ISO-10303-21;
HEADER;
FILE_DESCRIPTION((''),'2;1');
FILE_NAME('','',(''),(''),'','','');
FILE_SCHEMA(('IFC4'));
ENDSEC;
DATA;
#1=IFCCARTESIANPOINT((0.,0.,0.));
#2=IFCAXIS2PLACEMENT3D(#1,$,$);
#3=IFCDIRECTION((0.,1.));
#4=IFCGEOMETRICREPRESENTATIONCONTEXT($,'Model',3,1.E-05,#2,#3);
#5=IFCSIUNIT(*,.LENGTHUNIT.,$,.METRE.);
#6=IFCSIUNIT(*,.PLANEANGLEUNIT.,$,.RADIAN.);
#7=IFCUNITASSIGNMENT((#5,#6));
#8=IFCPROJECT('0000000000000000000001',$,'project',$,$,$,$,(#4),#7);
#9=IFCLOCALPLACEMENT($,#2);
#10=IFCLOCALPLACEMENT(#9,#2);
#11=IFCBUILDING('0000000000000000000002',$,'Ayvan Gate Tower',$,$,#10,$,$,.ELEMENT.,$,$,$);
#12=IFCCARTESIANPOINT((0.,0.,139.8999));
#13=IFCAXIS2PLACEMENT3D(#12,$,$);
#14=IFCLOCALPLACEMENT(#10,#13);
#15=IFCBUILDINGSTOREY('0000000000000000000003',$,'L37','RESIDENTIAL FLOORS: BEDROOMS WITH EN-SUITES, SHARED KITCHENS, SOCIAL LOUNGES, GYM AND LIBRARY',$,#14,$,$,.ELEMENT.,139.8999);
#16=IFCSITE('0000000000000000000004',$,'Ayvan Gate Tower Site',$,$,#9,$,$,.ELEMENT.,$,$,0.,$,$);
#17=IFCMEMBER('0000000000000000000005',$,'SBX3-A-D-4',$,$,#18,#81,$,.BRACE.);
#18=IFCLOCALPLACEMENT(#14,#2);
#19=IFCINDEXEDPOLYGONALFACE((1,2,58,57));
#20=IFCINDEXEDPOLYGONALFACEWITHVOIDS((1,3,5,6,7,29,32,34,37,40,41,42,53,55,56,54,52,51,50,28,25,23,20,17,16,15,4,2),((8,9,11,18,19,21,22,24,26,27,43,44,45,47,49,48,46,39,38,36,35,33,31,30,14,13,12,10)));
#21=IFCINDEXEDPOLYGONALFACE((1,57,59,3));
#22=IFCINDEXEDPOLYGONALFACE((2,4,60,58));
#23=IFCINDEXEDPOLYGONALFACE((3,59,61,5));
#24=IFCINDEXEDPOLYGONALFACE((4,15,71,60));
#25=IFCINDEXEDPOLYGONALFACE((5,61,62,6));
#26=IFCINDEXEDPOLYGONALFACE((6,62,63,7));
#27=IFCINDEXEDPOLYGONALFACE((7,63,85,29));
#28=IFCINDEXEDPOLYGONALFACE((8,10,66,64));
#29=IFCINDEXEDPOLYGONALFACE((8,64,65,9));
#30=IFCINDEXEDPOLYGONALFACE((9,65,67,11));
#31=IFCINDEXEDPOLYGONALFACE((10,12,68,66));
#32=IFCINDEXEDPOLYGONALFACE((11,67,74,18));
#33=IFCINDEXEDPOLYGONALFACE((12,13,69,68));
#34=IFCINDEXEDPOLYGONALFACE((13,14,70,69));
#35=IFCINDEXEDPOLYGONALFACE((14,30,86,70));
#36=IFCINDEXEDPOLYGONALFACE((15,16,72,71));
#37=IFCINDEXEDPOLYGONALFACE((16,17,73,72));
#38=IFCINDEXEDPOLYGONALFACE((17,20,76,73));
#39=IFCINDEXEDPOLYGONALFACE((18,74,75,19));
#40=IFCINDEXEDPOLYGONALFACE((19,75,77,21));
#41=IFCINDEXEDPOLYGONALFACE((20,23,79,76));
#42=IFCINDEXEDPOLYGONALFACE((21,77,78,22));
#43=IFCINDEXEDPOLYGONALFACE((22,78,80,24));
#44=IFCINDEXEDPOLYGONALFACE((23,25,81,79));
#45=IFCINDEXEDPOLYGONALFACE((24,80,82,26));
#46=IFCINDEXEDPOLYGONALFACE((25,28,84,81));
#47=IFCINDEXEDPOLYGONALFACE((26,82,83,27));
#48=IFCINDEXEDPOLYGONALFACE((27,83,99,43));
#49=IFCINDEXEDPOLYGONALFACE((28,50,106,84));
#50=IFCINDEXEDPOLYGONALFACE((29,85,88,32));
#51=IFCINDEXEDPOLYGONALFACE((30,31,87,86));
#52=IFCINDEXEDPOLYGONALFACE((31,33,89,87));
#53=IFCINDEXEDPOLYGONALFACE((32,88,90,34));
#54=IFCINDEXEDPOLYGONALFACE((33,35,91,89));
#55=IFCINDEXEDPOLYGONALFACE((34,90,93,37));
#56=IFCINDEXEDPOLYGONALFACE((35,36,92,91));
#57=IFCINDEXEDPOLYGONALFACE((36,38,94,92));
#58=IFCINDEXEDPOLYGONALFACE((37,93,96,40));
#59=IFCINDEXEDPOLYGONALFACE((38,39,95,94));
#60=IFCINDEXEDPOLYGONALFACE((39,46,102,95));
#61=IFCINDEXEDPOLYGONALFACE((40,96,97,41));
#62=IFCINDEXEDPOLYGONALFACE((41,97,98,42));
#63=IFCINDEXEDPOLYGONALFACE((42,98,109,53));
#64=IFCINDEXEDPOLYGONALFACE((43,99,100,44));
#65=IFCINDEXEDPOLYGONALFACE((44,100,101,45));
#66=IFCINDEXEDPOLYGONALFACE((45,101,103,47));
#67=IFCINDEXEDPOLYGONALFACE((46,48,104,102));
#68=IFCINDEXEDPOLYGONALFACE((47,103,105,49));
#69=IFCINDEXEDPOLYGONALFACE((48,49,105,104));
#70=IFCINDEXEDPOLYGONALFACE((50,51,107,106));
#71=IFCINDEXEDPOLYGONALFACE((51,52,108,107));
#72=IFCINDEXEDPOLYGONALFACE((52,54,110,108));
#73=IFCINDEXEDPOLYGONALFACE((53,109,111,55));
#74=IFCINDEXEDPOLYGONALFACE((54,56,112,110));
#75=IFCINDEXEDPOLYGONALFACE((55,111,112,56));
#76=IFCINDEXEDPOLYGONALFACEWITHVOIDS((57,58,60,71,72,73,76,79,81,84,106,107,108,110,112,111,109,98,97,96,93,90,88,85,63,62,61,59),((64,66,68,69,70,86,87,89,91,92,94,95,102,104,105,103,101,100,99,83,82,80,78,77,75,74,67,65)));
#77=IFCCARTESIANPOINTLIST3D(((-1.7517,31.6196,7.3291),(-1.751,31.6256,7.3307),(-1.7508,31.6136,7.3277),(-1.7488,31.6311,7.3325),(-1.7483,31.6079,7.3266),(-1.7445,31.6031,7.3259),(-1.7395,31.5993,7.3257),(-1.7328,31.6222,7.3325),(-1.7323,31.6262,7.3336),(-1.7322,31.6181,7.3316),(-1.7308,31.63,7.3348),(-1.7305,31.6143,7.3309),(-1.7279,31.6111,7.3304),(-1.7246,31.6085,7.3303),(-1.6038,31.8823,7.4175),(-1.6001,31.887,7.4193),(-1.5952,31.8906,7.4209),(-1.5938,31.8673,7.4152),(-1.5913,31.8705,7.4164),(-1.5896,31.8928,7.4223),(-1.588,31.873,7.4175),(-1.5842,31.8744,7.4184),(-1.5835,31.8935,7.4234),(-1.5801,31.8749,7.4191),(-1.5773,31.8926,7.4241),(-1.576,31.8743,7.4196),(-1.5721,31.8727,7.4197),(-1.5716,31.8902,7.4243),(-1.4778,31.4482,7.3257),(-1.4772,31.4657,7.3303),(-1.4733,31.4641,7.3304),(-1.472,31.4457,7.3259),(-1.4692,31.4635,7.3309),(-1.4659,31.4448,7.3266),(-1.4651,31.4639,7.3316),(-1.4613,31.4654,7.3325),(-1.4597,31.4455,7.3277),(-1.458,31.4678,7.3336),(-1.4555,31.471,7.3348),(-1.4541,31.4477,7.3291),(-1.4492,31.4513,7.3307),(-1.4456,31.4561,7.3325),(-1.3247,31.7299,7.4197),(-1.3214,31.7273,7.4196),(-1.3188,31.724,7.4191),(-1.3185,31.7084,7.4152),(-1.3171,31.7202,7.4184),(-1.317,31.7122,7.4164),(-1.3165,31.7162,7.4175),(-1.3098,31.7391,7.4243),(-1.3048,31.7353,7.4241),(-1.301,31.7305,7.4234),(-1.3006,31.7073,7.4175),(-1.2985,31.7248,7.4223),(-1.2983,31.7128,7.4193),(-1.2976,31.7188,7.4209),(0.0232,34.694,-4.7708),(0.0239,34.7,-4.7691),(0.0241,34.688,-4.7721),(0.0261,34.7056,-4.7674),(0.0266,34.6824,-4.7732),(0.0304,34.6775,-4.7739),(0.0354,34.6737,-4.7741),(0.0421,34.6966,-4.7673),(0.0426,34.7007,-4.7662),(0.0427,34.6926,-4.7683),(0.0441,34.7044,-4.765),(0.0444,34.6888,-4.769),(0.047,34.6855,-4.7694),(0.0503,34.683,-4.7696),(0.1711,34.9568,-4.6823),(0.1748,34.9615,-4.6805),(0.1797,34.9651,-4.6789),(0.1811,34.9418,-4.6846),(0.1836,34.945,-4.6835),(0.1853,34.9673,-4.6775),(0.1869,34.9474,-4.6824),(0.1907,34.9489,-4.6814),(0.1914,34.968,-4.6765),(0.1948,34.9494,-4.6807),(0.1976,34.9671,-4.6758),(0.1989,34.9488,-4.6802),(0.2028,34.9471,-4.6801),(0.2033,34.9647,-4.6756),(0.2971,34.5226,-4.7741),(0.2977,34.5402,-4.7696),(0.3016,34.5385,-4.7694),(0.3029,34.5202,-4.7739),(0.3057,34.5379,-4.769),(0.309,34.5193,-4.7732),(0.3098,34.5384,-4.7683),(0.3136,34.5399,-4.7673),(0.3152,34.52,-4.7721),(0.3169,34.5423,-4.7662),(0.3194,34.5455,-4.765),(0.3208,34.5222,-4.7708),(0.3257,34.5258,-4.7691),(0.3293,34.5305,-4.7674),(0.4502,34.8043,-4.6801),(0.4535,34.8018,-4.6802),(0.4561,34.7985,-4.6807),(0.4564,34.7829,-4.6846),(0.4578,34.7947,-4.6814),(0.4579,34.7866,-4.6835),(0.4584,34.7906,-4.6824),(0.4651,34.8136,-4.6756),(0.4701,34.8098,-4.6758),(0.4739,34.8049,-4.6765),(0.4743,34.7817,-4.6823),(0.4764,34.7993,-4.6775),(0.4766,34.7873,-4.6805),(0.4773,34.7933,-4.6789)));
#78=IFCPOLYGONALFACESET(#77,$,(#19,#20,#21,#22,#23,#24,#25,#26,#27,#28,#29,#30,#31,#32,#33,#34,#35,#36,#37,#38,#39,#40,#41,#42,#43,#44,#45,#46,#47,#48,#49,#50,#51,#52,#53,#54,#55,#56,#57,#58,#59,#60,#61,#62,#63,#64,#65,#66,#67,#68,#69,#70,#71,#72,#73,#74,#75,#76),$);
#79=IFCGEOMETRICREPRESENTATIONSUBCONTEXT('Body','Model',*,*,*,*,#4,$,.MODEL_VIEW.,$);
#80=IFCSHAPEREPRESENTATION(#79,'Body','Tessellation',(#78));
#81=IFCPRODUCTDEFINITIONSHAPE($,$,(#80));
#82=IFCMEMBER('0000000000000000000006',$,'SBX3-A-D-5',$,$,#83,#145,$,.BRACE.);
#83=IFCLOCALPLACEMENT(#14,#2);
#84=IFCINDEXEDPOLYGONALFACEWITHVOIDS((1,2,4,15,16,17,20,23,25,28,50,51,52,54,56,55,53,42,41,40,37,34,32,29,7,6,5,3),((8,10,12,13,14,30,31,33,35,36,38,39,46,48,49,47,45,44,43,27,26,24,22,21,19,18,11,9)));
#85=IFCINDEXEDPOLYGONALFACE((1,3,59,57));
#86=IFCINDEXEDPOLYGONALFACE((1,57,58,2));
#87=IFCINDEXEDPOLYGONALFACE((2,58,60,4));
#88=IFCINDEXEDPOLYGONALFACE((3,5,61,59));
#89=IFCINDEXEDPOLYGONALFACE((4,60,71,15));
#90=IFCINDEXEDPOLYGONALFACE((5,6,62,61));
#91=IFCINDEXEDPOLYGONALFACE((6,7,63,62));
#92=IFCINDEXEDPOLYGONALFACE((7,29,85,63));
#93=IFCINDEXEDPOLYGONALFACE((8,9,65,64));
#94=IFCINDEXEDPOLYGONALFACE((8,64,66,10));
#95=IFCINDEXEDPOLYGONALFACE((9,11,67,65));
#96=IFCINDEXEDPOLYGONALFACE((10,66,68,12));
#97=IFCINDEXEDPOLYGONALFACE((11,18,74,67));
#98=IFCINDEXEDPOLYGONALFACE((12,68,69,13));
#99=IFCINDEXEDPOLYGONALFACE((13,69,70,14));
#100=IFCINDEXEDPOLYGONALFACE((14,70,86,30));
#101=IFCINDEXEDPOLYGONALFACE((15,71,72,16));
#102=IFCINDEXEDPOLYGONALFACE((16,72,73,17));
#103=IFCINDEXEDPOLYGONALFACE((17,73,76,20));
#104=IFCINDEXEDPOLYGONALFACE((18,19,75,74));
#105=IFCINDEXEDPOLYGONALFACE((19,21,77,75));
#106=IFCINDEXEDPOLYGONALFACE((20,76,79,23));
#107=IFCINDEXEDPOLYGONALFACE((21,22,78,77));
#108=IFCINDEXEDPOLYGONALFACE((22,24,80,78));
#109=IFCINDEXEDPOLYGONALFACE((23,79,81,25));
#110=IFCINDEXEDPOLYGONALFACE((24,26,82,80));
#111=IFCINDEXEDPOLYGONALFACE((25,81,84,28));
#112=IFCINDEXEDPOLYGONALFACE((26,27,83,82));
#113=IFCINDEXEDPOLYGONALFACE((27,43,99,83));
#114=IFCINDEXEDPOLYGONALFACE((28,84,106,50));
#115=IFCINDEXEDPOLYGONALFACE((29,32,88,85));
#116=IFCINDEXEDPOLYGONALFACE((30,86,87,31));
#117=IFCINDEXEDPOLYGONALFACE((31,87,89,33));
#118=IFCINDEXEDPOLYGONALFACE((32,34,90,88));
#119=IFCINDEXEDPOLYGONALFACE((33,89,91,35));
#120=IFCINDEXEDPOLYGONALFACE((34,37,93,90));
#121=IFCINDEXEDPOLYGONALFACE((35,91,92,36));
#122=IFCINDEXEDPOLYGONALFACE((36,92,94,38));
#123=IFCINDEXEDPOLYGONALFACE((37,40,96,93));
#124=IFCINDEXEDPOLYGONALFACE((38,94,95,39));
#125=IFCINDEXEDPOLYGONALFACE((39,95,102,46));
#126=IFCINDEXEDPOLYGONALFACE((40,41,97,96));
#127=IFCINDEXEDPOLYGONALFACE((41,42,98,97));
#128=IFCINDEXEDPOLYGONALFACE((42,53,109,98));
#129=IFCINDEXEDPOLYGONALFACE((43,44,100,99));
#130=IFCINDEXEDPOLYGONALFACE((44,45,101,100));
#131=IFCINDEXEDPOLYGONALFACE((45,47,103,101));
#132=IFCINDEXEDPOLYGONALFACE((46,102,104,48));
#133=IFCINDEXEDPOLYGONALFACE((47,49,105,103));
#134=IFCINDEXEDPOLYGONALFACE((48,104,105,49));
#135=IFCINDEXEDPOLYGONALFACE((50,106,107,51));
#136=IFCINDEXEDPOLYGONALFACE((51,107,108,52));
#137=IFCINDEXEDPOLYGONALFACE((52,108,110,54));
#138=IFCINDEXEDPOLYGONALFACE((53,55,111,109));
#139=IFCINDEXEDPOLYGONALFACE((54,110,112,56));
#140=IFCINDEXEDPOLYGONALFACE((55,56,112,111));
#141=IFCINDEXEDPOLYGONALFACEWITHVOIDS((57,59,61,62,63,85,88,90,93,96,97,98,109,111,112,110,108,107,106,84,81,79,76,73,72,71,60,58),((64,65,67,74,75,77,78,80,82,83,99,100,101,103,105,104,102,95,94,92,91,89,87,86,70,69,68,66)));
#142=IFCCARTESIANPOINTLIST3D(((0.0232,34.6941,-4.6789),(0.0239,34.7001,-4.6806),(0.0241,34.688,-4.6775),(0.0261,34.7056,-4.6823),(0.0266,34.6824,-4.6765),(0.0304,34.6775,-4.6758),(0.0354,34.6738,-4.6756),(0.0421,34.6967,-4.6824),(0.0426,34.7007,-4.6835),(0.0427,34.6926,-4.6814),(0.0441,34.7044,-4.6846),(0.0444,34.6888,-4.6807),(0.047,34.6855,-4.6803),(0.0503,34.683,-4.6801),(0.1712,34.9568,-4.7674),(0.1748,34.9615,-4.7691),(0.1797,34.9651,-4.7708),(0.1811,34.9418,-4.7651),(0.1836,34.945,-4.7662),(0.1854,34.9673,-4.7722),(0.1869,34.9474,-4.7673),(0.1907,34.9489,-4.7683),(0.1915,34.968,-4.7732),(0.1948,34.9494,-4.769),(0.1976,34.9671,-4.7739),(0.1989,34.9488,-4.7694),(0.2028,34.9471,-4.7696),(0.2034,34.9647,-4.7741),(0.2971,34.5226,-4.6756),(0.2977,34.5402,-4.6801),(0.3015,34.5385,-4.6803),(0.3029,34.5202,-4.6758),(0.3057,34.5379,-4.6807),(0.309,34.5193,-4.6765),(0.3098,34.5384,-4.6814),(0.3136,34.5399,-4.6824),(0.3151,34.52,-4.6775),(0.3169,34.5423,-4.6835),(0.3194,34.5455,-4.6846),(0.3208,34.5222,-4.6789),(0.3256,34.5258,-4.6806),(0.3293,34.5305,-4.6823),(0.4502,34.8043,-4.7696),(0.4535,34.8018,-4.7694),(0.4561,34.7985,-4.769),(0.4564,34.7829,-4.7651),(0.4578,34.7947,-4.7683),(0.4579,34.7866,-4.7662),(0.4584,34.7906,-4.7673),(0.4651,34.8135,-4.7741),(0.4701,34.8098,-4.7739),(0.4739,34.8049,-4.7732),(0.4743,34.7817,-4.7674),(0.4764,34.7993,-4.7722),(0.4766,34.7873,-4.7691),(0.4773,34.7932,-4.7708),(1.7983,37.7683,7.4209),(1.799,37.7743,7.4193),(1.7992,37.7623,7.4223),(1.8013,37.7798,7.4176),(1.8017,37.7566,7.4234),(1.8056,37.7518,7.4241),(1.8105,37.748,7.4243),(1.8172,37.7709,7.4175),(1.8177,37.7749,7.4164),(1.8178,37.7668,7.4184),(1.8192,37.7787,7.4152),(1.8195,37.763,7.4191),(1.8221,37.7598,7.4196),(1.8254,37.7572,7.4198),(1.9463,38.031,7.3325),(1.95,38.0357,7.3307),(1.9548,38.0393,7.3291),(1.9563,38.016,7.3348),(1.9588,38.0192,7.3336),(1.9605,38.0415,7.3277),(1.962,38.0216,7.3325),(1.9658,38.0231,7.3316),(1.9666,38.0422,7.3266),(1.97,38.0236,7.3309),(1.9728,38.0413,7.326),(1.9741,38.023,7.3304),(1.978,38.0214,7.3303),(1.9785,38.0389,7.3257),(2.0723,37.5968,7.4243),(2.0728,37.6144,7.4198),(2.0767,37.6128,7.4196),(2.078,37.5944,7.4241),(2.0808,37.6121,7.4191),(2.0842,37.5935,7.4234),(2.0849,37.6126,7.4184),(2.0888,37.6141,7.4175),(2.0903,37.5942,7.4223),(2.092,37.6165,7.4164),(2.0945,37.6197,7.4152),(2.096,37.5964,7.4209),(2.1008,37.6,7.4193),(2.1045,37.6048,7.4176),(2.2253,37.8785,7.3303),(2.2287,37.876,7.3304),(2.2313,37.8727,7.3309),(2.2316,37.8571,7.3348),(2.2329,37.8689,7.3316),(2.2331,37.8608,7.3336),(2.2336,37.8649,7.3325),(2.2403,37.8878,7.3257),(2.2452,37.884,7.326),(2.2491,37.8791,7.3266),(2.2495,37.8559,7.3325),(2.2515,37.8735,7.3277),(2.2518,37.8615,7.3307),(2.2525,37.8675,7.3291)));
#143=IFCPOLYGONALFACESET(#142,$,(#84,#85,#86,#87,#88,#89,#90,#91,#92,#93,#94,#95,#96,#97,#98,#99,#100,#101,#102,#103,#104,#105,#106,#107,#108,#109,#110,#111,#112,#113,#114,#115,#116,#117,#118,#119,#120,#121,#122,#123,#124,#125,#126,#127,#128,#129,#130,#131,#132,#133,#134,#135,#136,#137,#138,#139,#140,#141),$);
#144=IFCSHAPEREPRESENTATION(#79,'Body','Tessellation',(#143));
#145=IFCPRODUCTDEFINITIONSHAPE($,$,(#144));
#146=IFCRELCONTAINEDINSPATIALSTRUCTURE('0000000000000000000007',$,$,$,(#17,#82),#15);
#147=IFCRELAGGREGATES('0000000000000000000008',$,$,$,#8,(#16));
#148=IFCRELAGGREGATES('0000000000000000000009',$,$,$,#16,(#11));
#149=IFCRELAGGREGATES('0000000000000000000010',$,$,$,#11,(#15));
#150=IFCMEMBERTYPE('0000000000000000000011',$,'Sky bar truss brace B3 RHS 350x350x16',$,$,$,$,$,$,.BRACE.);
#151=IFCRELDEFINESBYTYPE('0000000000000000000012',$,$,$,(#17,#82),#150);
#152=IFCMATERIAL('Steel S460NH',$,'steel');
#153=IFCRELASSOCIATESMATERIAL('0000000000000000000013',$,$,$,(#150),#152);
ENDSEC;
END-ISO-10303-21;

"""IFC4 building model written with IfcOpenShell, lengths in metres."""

from ifc_helpers import new_model, si_unit, direction, frame, origin, origin_2d, place, context, subcontext, project, spatial, hollow_rectangle, extrude, material, material_profile, profile_set, type_object, element, save


model = new_model("IFC4")

# Units and contexts
model_context = context("Model", 3, precision=1e-05, world=origin(), true_north=direction((0.0, 1.0)))
body_context = subcontext(model_context, "Body", "Model", "MODEL_VIEW")
ifc_project = project(units=[si_unit("LENGTHUNIT", "METRE"), si_unit("PLANEANGLEUNIT", "RADIAN")], contexts=[model_context])

# Site, building, storey
site_placement = place(None, origin())
site = spatial("IfcSite", under=ifc_project, at=site_placement, Name="Ayvan Gate Tower Site", CompositionType="ELEMENT", RefElevation=0.0)
building_placement = place(site_placement, origin())
building = spatial("IfcBuilding", under=site, at=building_placement, Name="Ayvan Gate Tower", CompositionType="ELEMENT")
storey_placement = place(building_placement, frame((0.0, 0.0, 139.8999)))
storey = spatial("IfcBuildingStorey", under=building, at=storey_placement, Name="L37", Description="RESIDENTIAL FLOORS: BEDROOMS WITH EN-SUITES, SHARED KITCHENS, SOCIAL LOUNGES, GYM AND LIBRARY", CompositionType="ELEMENT", Elevation=139.8999)

# Members
ifc_material_1 = material(Name="Steel S460NH", Category="steel")
ifc_material_profile_1 = material_profile(ifc_material_1, hollow_rectangle(XDim=0.3501, YDim=0.3501, WallThickness=0.0161, InnerFilletRadius=0.0161, OuterFilletRadius=0.0239, at=origin_2d()), Name="RHS 350x350x16")
ifc_profile_set_1 = profile_set([ifc_material_profile_1], Name="Steel S460NH")
member_type_1 = type_object("IfcMemberType", Name="Sky bar truss brace B3 RHS 350x350x16", PredefinedType="BRACE", material=ifc_profile_set_1)
for number, where, z_axis, x_axis, name in (
    (1, (-1.5247, 31.6692, 7.375), (0.140755, 0.243814, -0.959553), (-0.866042, 0.49997, 0.0), "SBX3-A-D-4"),
    (2, (0.2502, 34.7437, -4.7249), (0.140775, 0.243795, 0.959555), (-0.865995, 0.500052, 0.0), "SBX3-A-D-5"),
):
    element("IfcMember", number, at=place(storey_placement, frame(where, z_axis=z_axis, x_axis=x_axis)), inside=storey, type_object=member_type_1, Name=name, PredefinedType="BRACE", context=body_context, shape_type="SweptSolid", body=[
        extrude(hollow_rectangle(XDim=0.3501, YDim=0.3501, WallThickness=0.0161, InnerFilletRadius=0.0161, OuterFilletRadius=0.0239, at=origin_2d()), origin(), (0.0, 0.0, 1.0), 12.6099),
    ])

save(model, "model.ifc")
